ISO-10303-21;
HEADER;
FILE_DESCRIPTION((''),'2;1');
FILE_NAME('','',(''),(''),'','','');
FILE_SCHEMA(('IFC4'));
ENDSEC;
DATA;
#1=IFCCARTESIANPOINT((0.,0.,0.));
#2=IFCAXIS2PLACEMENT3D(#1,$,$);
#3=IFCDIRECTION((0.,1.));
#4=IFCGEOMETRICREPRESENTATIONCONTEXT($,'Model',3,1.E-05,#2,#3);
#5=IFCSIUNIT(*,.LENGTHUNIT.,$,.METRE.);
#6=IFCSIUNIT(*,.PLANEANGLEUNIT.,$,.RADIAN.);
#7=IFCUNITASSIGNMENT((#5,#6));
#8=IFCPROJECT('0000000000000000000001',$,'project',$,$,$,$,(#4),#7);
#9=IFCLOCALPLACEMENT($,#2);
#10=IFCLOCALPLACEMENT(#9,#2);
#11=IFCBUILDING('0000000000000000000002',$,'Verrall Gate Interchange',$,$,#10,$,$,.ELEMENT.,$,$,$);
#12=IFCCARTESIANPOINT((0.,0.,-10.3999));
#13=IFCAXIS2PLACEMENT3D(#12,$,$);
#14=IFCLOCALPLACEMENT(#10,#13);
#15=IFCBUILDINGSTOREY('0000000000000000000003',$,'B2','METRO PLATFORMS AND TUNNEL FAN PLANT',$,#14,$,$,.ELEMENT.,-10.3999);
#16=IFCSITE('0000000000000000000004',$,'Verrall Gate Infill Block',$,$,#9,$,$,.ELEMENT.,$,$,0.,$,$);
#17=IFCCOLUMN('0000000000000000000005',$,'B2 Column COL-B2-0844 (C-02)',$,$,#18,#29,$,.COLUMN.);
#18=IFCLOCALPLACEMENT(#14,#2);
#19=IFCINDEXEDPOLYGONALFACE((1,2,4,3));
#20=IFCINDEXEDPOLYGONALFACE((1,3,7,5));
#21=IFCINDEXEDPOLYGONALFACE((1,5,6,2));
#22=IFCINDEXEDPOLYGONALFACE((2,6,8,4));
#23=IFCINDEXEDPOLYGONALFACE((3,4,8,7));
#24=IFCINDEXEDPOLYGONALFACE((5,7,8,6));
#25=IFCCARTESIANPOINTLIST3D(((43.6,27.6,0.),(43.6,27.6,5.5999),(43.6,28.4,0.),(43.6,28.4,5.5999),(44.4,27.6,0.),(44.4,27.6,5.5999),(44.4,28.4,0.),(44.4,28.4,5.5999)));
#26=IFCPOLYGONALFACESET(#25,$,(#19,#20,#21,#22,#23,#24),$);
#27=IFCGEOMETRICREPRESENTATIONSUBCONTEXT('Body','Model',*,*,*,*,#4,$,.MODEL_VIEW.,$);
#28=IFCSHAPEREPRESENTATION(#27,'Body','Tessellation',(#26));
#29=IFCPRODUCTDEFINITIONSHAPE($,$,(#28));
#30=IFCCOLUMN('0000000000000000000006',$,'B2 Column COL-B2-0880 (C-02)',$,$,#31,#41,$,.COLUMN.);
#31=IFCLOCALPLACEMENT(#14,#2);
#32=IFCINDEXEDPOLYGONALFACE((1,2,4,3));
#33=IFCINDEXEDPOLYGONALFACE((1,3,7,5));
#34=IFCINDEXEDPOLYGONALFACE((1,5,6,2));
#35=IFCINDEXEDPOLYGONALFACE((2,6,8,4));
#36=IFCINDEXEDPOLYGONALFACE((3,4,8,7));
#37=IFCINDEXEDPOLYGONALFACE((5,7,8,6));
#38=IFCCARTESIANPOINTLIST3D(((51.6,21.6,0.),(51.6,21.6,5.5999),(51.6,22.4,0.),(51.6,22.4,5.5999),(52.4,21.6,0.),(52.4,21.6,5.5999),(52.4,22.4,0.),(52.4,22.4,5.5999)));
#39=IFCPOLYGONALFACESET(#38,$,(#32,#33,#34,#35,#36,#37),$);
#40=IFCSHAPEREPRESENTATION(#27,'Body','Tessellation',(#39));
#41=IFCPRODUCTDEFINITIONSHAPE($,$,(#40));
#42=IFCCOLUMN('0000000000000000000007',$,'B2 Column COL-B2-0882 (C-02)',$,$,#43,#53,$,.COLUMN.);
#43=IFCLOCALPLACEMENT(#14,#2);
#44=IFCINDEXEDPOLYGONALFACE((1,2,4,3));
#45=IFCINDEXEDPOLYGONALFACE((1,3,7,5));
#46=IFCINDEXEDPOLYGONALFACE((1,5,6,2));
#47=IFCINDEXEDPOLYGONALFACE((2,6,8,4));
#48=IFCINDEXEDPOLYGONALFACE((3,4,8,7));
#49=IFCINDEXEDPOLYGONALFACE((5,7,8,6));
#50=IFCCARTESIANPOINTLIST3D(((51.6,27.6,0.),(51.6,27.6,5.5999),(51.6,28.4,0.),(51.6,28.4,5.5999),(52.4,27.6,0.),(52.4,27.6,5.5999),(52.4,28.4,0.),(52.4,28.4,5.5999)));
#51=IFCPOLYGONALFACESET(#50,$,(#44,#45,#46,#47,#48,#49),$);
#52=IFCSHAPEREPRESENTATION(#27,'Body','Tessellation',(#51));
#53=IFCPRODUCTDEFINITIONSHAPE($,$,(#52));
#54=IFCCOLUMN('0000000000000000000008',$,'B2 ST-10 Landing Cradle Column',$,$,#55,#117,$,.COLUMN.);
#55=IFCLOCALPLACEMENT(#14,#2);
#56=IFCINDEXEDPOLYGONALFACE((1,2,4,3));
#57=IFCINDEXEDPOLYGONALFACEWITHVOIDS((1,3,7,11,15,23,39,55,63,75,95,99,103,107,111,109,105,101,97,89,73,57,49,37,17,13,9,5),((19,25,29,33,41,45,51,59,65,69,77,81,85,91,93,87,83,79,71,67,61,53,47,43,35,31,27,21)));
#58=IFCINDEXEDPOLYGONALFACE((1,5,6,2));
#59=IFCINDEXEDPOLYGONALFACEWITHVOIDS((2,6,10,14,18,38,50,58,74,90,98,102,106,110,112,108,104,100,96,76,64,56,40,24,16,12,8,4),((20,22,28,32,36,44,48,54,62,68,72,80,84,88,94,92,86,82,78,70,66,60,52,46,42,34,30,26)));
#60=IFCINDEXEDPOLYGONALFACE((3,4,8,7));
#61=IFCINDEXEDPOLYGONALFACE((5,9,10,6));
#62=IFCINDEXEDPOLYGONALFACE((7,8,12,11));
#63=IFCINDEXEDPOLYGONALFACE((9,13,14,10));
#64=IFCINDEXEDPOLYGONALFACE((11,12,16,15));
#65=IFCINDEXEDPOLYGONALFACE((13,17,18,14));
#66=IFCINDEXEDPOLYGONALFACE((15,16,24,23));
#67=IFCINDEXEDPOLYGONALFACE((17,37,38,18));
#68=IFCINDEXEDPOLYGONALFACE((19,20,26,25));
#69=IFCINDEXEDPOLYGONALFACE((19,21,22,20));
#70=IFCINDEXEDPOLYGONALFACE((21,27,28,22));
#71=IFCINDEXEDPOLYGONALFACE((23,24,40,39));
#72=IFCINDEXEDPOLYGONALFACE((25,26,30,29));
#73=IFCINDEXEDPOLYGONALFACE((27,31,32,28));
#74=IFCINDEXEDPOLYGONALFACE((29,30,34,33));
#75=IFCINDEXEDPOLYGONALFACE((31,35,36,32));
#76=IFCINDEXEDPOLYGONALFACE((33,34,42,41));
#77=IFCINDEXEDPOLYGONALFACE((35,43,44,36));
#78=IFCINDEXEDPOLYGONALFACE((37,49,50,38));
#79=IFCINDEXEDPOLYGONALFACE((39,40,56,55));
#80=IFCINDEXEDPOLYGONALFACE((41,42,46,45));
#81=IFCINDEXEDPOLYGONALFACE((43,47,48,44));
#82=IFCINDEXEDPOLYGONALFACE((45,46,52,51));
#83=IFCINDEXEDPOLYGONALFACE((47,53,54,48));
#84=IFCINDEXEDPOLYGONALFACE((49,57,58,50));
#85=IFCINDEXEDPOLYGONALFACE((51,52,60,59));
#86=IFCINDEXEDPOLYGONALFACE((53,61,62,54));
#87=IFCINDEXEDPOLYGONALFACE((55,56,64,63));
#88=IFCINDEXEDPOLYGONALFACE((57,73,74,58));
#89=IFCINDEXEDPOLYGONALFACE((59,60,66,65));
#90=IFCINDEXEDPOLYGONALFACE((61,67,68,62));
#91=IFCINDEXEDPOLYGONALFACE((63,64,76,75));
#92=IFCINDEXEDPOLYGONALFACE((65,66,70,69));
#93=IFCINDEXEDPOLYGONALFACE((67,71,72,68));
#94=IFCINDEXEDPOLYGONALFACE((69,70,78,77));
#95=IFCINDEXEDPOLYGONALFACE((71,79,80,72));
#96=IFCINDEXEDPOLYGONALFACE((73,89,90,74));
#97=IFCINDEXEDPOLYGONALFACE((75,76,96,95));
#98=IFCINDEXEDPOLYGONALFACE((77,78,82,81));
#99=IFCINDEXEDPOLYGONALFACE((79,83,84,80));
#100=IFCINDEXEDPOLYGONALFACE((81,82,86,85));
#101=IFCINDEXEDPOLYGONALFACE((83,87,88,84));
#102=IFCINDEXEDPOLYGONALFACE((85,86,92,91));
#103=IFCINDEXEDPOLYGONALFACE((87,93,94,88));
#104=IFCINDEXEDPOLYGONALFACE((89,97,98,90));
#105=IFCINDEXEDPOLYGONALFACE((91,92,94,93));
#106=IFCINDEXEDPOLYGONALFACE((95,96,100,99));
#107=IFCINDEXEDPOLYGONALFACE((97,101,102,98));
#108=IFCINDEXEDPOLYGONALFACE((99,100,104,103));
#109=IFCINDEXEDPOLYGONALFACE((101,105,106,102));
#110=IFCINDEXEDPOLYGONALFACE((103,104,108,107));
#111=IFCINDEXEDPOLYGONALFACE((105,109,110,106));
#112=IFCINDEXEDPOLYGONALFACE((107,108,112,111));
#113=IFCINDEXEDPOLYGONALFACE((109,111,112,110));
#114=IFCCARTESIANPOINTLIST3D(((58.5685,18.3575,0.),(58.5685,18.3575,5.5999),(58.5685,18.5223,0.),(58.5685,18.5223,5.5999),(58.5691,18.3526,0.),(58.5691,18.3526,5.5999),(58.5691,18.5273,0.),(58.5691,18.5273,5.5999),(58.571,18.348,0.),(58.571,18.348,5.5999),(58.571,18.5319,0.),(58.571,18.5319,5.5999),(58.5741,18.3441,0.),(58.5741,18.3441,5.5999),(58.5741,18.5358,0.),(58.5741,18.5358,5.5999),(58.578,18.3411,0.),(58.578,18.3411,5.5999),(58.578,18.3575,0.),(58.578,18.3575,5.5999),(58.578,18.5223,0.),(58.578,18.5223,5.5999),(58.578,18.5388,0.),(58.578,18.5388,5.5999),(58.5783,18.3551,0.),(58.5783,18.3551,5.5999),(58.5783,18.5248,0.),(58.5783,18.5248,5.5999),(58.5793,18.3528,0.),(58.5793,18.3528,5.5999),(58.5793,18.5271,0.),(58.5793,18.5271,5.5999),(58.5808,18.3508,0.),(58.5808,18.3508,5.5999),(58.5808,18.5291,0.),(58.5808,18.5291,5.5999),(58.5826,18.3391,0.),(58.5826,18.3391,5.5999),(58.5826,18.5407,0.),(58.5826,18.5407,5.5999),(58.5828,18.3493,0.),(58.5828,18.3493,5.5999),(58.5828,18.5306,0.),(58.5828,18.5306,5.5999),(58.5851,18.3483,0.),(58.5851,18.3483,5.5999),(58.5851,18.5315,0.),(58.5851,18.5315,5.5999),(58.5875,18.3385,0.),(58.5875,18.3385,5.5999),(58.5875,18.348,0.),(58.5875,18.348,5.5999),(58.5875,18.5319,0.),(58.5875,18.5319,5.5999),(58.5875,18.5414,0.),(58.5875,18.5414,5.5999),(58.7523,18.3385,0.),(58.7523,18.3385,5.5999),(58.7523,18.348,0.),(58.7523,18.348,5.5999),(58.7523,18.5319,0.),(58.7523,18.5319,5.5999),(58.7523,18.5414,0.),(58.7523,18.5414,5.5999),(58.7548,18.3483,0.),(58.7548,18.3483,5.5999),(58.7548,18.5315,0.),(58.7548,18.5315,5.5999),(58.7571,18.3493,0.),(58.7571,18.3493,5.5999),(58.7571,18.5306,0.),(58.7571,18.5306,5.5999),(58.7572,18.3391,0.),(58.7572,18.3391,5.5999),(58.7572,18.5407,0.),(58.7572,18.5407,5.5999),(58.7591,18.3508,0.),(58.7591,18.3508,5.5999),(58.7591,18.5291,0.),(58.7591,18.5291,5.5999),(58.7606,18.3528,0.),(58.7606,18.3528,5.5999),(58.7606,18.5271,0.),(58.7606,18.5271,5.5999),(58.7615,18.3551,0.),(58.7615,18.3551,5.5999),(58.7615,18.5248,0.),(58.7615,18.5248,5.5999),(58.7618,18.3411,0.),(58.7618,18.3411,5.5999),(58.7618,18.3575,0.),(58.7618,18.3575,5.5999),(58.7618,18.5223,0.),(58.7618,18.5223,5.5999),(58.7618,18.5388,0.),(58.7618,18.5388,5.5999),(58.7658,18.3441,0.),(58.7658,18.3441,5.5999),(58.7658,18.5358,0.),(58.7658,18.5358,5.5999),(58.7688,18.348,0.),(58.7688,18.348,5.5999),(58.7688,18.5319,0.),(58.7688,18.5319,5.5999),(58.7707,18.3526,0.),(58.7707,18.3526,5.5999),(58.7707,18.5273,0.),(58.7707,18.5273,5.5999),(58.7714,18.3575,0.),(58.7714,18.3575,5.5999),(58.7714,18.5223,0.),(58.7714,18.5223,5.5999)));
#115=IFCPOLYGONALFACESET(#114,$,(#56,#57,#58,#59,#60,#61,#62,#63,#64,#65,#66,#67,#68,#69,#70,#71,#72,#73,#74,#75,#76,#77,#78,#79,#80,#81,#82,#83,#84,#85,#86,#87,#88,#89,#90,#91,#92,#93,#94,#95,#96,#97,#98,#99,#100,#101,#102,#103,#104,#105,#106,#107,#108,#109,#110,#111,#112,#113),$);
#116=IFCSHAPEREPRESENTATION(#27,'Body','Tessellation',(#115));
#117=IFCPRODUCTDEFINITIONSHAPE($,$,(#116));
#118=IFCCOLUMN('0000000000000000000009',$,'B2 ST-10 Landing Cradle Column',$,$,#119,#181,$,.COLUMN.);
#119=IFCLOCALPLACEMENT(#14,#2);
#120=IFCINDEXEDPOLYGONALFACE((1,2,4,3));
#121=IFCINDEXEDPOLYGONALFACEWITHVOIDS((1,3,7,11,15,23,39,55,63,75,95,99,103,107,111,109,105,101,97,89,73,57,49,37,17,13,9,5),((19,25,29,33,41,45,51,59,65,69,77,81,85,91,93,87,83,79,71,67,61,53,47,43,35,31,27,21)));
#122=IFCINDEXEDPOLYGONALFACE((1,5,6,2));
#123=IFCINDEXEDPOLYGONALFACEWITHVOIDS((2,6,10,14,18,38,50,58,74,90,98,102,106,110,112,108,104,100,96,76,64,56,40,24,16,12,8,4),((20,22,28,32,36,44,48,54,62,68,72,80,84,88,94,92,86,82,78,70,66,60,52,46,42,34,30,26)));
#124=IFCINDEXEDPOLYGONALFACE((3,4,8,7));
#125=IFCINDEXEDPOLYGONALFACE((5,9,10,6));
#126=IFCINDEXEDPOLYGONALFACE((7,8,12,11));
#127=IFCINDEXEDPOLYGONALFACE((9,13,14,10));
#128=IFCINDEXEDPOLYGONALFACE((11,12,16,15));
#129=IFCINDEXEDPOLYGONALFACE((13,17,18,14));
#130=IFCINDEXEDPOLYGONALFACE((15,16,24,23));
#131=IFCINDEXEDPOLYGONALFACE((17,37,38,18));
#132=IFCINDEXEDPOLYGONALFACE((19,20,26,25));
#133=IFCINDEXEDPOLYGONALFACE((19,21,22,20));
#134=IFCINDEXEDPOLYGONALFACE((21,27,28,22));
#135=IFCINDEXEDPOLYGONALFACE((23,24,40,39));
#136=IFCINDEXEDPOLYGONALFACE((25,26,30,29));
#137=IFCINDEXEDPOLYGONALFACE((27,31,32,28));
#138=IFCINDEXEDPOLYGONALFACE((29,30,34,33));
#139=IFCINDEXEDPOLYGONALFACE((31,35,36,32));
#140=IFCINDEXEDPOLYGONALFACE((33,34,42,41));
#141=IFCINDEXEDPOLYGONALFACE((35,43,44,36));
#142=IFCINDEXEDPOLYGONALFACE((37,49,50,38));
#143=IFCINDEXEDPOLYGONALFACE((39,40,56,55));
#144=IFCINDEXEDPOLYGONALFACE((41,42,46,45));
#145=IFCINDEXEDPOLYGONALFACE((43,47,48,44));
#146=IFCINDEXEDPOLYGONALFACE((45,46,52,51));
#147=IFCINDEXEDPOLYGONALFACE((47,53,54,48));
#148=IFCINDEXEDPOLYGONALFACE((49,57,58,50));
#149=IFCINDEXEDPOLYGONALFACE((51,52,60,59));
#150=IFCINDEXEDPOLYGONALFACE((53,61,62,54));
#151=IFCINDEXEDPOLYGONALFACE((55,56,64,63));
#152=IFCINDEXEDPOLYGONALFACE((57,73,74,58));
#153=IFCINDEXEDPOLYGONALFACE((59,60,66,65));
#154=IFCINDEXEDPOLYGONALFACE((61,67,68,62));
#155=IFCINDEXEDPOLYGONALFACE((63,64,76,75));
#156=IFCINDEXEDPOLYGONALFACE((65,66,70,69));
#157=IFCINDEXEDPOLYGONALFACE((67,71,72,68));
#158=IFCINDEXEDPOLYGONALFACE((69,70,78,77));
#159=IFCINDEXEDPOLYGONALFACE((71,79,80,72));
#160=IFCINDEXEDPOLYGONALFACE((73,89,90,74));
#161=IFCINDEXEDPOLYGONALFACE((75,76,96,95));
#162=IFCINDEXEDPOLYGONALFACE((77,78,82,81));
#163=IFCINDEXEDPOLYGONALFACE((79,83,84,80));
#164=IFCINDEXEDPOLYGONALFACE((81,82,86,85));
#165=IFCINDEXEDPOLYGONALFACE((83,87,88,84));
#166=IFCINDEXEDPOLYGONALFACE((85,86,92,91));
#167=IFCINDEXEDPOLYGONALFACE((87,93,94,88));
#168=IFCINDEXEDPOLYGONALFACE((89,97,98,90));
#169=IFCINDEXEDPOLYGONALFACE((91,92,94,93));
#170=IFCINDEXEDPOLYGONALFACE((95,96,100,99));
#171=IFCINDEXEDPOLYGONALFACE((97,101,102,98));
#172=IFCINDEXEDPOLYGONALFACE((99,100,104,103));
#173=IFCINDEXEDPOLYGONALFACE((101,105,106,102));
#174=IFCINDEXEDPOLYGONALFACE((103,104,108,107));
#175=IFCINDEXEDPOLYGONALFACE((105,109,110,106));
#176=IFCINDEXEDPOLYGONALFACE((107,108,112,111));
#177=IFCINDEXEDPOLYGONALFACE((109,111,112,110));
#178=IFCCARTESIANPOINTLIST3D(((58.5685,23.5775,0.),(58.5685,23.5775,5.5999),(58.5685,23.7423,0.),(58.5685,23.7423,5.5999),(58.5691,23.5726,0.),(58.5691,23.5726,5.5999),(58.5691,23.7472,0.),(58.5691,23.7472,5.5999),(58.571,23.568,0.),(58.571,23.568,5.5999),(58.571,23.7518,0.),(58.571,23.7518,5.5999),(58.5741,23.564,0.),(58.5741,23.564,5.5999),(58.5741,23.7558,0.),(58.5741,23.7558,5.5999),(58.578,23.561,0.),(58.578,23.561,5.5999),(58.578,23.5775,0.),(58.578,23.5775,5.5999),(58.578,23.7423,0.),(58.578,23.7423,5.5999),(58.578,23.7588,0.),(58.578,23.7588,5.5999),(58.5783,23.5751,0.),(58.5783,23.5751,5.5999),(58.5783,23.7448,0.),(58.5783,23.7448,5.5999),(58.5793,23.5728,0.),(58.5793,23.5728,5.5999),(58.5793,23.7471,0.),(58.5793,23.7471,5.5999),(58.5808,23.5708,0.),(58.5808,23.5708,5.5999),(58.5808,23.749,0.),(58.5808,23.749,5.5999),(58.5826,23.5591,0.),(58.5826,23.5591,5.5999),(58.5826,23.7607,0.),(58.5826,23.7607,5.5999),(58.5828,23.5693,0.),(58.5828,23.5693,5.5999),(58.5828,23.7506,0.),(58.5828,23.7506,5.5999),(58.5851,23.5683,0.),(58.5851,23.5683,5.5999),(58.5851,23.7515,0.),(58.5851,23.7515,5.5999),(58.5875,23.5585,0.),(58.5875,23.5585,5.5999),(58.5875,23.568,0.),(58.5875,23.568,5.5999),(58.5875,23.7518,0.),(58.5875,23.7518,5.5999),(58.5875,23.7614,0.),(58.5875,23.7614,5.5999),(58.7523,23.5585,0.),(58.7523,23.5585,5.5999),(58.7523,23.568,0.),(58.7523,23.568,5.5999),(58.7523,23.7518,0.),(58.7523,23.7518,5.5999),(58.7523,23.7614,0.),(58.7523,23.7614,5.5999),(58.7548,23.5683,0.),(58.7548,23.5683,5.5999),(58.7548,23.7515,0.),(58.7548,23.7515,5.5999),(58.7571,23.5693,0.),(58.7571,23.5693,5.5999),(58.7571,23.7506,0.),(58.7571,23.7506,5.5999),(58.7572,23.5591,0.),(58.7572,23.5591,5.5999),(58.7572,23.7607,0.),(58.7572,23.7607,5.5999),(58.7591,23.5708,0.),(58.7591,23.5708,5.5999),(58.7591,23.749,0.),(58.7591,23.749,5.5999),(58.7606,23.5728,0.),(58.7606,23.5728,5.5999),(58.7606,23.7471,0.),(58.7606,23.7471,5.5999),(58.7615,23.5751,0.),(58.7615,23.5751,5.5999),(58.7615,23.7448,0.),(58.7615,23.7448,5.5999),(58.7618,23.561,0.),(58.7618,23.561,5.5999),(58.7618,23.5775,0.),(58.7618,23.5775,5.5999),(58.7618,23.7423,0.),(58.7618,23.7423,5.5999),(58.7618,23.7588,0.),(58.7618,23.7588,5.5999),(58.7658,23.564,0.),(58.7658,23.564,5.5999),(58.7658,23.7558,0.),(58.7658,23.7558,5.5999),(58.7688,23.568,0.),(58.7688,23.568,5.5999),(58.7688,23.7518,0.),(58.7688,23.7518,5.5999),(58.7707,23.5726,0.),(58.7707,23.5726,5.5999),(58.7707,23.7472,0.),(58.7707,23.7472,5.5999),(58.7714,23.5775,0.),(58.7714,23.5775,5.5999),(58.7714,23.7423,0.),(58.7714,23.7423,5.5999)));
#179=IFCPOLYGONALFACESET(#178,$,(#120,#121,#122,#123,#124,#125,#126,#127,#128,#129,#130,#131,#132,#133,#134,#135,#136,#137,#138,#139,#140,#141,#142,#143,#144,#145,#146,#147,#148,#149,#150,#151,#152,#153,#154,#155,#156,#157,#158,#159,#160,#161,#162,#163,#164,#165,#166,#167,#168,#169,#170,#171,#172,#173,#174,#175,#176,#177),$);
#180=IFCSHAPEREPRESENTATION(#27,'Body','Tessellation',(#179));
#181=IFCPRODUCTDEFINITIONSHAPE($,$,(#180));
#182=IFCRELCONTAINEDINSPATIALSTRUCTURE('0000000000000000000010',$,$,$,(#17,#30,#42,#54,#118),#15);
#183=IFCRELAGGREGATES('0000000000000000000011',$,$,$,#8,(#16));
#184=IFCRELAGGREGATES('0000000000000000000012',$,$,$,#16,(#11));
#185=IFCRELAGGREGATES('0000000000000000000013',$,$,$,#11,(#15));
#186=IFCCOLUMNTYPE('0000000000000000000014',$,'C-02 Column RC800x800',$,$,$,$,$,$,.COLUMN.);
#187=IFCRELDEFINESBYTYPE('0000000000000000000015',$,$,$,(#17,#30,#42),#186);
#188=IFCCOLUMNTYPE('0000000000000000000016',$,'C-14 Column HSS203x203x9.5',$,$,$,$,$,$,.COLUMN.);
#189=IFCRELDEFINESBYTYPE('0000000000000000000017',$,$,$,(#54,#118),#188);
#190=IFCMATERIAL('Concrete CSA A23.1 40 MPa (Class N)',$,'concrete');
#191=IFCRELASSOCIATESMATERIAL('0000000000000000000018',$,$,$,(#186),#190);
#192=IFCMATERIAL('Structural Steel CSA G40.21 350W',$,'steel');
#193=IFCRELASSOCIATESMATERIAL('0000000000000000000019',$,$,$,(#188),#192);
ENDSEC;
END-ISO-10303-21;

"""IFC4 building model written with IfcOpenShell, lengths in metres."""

from ifc_helpers import new_model, si_unit, direction, frame, origin, origin_2d, place, context, subcontext, project, spatial, rectangle, hollow_rectangle, extrude, material, material_profile, profile_set, type_object, element, save


model = new_model("IFC4")

# Units and contexts
model_context = context("Model", 3, precision=1e-05, world=origin(), true_north=direction((0.0, 1.0)))
body_context = subcontext(model_context, "Body", "Model", "MODEL_VIEW")
ifc_project = project(units=[si_unit("LENGTHUNIT", "METRE"), si_unit("PLANEANGLEUNIT", "RADIAN")], contexts=[model_context])

# Site, building, storey
site_placement = place(None, origin())
site = spatial("IfcSite", under=ifc_project, at=site_placement, Name="Verrall Gate Infill Block", CompositionType="ELEMENT", RefElevation=0.0)
building_placement = place(site_placement, origin())
building = spatial("IfcBuilding", under=site, at=building_placement, Name="Verrall Gate Interchange", CompositionType="ELEMENT")
storey_placement = place(building_placement, frame((0.0, 0.0, -10.3999)))
storey = spatial("IfcBuildingStorey", under=building, at=storey_placement, Name="B2", Description="METRO PLATFORMS AND TUNNEL FAN PLANT", CompositionType="ELEMENT", Elevation=-10.3999)

# Columns
ifc_material_1 = material(Name="Concrete CSA A23.1 40 MPa (Class N)", Category="concrete")
ifc_material_profile_1 = material_profile(ifc_material_1, rectangle(XDim=0.8, YDim=0.8, at=origin_2d()), Name="RC800x800")
ifc_profile_set_1 = profile_set([ifc_material_profile_1], Name="Concrete CSA A23.1 40 MPa (Class N)")
column_type_1 = type_object("IfcColumnType", Name="C-02 Column RC800x800", PredefinedType="COLUMN", material=ifc_profile_set_1)
for number, where, z_axis, x_axis, name in (
    (1, (44.0, 28.0, 0.0), (0.0, 0.0, 1.0), (1.0, 0.0, 0.0), "B2 Column COL-B2-0844 (C-02)"),
    (2, (52.0, 22.0, 0.0), (0.0, 0.0, 1.0), (1.0, 0.0, 0.0), "B2 Column COL-B2-0880 (C-02)"),
    (3, (52.0, 28.0, 0.0), (0.0, 0.0, 1.0), (1.0, 0.0, 0.0), "B2 Column COL-B2-0882 (C-02)"),
):
    element("IfcColumn", number, at=place(storey_placement, frame(where, z_axis=z_axis, x_axis=x_axis)), inside=storey, type_object=column_type_1, Name=name, PredefinedType="COLUMN", context=body_context, shape_type="SweptSolid", body=[
        extrude(rectangle(XDim=0.8, YDim=0.8, at=origin_2d()), origin(), (0.0, 0.0, 1.0), 5.5999),
    ])
ifc_material_2 = material(Name="Structural Steel CSA G40.21 350W", Category="steel")
ifc_material_profile_2 = material_profile(ifc_material_2, hollow_rectangle(XDim=0.2029, YDim=0.2029, WallThickness=0.0095, InnerFilletRadius=0.0095, OuterFilletRadius=0.019, at=origin_2d()), Name="HSS203x203x9.5")
ifc_profile_set_2 = profile_set([ifc_material_profile_2], Name="Structural Steel CSA G40.21 350W")
column_type_2 = type_object("IfcColumnType", Name="C-14 Column HSS203x203x9.5", PredefinedType="COLUMN", material=ifc_profile_set_2)
for number, where, z_axis, x_axis, name in (
    (4, (58.6699, 18.4399, 0.0), (0.0, 0.0, 1.0), (1.0, 0.0, 0.0), "B2 ST-10 Landing Cradle Column"),
    (5, (58.6699, 23.6599, 0.0), (0.0, 0.0, 1.0), (1.0, 0.0, 0.0), "B2 ST-10 Landing Cradle Column"),
):
    element("IfcColumn", number, at=place(storey_placement, frame(where, z_axis=z_axis, x_axis=x_axis)), inside=storey, type_object=column_type_2, Name=name, PredefinedType="COLUMN", context=body_context, shape_type="SweptSolid", body=[
        extrude(hollow_rectangle(XDim=0.2029, YDim=0.2029, WallThickness=0.0095, InnerFilletRadius=0.0095, OuterFilletRadius=0.019, at=origin_2d()), origin(), (0.0, 0.0, 1.0), 5.5999),
    ])

save(model, "model.ifc")
